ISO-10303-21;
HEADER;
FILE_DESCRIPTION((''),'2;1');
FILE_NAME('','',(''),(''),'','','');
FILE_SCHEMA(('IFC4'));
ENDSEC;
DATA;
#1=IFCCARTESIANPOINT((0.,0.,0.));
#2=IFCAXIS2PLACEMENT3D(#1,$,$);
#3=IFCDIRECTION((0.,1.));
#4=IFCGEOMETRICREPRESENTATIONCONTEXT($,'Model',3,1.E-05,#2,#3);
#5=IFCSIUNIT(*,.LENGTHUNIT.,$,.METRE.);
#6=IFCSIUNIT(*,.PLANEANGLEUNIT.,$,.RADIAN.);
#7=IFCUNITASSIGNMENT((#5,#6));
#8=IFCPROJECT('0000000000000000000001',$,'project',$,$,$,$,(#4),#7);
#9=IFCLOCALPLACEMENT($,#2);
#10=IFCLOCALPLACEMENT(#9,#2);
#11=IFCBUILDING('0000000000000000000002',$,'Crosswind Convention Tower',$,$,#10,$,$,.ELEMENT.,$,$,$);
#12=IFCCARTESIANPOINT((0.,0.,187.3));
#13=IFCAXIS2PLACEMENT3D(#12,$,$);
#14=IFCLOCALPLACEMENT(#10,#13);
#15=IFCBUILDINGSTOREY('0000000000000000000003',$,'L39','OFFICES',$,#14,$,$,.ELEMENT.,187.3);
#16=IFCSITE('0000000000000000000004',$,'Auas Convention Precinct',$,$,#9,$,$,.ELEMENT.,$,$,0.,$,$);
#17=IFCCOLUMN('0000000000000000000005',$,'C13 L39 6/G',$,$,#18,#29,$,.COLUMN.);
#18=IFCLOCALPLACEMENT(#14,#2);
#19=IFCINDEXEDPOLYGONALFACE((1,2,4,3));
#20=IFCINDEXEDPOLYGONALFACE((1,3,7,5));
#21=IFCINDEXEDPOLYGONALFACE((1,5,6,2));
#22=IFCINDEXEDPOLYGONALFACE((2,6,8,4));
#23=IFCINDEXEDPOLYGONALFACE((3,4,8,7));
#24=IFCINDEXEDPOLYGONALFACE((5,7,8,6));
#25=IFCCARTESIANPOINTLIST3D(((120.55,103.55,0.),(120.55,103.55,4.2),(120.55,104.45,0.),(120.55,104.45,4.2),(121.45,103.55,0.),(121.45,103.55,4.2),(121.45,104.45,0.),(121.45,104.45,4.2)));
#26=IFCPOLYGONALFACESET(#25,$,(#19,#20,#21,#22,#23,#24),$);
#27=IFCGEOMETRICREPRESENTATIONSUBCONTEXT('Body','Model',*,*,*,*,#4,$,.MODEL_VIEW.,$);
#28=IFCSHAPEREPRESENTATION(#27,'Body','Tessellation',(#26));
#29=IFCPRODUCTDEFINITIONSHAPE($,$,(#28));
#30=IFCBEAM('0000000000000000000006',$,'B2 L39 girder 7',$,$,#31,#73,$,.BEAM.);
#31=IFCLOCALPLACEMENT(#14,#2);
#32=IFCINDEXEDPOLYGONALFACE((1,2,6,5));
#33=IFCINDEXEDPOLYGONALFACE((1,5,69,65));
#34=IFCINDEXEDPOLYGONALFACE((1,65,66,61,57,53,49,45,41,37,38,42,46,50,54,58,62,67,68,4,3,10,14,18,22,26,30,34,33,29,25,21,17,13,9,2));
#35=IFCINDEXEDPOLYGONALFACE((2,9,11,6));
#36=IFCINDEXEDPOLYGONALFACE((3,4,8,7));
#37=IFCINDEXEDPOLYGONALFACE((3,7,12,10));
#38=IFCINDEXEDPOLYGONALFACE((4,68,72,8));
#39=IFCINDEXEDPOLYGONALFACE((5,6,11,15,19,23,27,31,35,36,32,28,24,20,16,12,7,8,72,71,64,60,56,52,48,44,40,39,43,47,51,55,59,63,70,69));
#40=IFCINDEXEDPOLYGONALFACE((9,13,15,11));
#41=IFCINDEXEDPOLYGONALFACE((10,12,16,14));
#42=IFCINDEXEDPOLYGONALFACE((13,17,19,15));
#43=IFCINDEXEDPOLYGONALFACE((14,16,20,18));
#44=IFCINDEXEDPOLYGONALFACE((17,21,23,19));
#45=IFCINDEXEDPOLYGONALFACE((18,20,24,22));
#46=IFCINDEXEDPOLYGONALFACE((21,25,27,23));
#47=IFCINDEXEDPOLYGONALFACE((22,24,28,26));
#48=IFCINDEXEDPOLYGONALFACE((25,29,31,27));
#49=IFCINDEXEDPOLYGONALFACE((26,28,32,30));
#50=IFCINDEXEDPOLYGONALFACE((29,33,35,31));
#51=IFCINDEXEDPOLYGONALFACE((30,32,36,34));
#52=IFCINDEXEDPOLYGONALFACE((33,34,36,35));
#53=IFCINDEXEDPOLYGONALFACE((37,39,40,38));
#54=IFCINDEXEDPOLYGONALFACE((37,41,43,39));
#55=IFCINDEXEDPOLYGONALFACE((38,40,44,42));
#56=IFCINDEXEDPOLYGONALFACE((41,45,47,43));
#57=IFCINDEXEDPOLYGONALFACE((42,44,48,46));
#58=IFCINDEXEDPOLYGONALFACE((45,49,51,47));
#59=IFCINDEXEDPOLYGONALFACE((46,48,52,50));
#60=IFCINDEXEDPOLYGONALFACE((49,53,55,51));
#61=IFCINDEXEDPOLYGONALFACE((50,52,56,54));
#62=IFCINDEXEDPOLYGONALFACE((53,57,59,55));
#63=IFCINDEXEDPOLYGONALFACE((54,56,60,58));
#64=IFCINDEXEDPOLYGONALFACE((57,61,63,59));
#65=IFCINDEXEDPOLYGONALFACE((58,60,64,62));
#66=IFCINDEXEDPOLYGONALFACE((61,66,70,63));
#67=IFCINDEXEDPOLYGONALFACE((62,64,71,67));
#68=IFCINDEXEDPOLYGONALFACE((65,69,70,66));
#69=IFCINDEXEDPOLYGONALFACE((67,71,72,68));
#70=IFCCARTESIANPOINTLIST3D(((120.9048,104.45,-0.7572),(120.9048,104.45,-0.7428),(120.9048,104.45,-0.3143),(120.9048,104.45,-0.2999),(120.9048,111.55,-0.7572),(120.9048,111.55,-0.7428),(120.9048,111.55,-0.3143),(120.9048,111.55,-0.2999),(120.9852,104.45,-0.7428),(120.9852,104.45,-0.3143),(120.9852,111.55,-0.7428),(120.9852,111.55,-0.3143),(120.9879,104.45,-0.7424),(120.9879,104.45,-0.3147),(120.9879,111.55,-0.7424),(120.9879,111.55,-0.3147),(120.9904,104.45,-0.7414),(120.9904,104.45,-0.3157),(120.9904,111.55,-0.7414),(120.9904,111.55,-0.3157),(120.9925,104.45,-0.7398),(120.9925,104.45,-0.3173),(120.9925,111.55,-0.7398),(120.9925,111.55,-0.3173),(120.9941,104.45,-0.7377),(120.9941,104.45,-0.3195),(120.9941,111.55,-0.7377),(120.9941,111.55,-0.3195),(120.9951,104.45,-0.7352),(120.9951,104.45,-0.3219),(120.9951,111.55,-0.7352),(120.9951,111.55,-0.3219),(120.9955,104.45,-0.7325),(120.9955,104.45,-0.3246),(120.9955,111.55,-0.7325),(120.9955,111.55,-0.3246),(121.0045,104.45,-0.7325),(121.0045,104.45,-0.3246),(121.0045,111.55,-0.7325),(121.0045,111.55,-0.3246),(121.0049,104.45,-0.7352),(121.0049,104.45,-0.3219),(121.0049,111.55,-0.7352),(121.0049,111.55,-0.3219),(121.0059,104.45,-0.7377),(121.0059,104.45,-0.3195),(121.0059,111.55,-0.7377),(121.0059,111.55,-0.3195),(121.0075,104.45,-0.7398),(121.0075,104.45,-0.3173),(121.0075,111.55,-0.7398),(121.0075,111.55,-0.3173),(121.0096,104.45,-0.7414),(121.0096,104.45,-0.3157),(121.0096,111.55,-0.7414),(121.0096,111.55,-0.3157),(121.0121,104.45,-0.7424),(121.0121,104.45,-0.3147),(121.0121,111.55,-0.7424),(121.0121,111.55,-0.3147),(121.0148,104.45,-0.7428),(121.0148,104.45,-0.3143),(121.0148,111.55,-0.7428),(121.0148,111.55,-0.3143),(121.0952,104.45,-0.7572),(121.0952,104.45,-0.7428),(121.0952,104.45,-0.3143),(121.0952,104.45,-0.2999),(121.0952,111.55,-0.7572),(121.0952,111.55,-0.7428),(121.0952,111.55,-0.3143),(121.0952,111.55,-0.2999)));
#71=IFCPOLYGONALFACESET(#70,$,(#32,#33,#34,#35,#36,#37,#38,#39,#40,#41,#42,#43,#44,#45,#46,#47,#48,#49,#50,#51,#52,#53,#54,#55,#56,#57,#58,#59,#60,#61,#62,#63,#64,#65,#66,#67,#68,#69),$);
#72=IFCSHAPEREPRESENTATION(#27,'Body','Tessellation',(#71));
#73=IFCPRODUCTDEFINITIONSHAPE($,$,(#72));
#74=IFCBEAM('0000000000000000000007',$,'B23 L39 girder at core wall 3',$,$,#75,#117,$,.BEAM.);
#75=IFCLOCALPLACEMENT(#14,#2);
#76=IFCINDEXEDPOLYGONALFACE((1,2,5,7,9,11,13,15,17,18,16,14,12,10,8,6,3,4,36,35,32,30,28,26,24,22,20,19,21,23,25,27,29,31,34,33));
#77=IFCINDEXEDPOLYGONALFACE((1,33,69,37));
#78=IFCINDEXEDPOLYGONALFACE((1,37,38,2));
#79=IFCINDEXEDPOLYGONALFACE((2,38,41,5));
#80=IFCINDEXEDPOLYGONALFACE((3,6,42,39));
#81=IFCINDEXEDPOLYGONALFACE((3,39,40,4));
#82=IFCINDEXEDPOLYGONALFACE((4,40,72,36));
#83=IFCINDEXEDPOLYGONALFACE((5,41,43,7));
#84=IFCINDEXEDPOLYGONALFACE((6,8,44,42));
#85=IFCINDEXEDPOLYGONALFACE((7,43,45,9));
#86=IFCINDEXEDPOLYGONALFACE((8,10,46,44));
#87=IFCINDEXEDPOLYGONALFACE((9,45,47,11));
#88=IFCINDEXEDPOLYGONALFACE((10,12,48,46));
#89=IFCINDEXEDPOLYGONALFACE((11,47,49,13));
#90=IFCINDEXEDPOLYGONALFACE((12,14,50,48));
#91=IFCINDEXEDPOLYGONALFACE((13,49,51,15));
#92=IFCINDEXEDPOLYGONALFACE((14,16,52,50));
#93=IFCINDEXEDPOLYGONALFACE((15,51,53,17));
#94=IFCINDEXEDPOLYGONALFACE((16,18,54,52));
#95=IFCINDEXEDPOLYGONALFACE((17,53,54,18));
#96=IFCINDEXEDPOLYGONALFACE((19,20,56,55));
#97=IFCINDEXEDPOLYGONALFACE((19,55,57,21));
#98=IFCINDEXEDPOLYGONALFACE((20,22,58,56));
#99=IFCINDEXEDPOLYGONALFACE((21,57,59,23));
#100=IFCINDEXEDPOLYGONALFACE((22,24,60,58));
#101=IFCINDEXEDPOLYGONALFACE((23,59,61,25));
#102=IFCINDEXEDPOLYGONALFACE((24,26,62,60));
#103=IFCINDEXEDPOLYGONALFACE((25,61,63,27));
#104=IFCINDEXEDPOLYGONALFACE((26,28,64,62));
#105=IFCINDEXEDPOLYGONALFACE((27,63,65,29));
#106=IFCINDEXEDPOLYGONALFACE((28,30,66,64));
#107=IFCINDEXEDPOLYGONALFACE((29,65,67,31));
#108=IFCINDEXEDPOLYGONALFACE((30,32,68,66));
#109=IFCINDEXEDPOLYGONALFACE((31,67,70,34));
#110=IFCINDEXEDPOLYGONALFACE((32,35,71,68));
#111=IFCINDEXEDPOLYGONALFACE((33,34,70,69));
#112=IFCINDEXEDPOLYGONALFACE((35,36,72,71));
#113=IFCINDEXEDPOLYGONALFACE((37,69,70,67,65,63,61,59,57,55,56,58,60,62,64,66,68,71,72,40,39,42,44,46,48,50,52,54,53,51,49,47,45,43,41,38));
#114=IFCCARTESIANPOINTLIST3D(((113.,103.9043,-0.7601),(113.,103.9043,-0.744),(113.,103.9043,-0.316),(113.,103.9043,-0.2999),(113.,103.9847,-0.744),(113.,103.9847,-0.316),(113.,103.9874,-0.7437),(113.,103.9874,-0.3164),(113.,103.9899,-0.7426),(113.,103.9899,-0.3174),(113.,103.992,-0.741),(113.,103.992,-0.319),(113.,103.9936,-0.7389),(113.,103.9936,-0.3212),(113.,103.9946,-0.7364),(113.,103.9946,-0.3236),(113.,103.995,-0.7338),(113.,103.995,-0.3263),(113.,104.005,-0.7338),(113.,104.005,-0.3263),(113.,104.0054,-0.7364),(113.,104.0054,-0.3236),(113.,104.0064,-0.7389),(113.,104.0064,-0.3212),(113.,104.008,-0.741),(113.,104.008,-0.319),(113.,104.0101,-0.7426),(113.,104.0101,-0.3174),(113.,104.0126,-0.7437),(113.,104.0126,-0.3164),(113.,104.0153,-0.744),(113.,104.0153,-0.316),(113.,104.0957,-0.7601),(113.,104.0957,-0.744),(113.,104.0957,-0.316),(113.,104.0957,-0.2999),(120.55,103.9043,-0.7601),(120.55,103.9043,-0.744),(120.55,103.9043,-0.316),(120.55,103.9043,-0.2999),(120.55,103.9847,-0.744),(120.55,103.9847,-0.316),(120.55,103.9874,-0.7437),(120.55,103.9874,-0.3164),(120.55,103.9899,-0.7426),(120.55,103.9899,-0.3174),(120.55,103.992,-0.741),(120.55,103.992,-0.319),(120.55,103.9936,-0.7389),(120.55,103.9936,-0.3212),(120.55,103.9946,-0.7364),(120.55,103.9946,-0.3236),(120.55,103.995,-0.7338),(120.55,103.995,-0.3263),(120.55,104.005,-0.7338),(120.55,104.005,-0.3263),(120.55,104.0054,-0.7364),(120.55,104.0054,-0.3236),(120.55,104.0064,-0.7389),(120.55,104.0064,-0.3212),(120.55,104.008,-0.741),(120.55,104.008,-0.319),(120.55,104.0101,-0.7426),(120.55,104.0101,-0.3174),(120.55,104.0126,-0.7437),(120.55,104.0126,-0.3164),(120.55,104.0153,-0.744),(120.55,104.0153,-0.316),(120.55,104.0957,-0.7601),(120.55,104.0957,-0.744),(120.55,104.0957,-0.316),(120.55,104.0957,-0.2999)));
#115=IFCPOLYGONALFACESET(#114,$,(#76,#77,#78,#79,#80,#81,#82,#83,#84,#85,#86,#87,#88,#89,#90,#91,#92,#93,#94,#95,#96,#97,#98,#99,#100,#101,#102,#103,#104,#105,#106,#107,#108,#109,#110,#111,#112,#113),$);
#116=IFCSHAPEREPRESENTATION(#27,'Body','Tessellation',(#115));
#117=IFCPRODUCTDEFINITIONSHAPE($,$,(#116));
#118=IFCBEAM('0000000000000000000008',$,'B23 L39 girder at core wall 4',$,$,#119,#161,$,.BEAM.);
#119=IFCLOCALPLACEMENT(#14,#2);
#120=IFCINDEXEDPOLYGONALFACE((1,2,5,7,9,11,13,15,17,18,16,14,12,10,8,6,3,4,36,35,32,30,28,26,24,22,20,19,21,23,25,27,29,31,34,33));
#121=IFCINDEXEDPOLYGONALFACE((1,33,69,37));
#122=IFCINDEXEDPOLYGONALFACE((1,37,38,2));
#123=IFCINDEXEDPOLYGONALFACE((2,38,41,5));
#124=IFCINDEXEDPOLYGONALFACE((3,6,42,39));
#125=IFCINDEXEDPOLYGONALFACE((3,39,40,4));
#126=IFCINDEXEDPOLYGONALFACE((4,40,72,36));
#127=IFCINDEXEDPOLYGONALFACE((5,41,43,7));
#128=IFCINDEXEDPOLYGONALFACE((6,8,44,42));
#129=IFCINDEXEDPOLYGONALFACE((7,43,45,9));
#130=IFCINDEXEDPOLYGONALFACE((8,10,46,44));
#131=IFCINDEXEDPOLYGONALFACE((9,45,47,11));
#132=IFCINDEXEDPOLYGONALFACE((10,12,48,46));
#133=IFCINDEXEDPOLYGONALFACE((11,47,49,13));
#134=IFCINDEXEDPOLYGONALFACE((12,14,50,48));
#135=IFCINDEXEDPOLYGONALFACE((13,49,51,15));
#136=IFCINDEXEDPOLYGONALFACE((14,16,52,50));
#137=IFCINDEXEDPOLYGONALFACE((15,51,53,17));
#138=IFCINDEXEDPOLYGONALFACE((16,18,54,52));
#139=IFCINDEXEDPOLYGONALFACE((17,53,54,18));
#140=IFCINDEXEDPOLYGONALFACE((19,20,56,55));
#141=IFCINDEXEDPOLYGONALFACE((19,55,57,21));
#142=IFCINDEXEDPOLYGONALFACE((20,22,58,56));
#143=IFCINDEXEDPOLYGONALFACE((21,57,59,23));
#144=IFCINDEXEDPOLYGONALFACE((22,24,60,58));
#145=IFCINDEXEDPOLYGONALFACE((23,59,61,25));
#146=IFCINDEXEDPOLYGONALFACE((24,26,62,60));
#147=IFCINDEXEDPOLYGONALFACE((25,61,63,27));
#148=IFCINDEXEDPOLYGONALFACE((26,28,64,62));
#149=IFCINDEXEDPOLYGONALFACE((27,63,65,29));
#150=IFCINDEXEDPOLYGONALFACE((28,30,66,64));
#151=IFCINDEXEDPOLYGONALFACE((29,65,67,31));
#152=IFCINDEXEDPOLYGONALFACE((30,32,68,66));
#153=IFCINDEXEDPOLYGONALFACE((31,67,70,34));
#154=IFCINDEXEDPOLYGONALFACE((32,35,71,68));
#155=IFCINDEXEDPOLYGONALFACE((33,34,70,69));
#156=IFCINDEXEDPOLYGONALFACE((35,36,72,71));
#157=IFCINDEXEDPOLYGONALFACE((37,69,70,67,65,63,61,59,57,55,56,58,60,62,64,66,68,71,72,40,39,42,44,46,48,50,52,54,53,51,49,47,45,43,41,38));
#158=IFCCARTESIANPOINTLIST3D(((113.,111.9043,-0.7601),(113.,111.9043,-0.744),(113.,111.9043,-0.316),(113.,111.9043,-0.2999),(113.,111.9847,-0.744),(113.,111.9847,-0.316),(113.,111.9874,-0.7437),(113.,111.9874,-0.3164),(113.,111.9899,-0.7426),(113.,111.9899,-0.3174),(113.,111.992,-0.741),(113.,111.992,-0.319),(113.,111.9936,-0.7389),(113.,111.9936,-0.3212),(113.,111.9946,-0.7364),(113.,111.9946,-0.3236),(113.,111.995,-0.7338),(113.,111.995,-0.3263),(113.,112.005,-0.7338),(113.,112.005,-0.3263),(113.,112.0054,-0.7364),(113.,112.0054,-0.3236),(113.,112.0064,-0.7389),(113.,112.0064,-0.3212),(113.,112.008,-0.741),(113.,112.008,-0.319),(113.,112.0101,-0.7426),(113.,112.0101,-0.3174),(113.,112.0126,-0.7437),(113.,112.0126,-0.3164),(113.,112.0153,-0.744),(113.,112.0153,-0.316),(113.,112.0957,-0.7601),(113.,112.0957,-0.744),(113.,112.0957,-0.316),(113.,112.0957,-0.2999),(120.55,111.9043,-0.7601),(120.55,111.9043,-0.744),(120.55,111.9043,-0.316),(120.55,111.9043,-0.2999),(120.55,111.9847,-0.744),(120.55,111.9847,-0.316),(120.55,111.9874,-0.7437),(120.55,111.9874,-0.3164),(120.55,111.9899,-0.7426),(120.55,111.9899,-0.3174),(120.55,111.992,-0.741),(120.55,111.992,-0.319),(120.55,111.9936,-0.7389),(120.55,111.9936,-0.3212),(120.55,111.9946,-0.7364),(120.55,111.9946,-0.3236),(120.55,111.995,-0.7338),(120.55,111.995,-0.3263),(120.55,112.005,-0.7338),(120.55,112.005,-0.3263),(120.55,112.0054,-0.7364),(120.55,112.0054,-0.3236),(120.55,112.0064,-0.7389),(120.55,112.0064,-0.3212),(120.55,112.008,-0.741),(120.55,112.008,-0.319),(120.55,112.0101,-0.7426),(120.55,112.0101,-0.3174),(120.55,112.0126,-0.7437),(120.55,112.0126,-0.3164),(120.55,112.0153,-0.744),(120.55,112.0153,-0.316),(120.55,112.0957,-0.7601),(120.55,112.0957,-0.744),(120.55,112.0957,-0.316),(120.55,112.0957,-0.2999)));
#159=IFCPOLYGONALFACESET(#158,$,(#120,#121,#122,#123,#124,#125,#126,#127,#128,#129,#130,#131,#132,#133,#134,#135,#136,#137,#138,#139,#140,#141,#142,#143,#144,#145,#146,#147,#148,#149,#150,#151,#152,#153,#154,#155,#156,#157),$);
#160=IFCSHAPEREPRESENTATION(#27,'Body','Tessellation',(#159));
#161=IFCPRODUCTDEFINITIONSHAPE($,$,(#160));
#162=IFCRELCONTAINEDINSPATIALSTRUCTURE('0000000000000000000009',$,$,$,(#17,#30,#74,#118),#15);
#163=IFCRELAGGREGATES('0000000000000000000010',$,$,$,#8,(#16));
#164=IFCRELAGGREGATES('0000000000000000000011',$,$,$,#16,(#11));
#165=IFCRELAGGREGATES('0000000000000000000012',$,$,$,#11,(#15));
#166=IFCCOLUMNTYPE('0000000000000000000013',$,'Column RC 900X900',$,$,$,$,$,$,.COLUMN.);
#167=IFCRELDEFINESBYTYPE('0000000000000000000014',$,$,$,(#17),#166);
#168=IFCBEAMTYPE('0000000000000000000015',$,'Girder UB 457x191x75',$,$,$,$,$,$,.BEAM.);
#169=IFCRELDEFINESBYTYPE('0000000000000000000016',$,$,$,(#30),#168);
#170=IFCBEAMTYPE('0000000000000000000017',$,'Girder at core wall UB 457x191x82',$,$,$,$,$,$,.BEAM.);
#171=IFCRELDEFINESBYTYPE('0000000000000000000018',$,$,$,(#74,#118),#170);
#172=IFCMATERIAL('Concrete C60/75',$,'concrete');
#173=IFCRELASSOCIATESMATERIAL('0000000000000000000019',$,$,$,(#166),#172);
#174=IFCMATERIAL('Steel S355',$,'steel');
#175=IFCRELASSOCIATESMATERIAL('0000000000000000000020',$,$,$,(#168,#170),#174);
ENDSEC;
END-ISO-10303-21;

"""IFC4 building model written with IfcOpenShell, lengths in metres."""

from ifc_helpers import new_model, si_unit, direction, frame, origin, origin_2d, place, context, subcontext, project, spatial, rectangle, i_section, extrude, material, material_profile, profile_set, type_object, element, save


model = new_model("IFC4")

# Units and contexts
model_context = context("Model", 3, precision=1e-05, world=origin(), true_north=direction((0.0, 1.0)))
body_context = subcontext(model_context, "Body", "Model", "MODEL_VIEW")
ifc_project = project(units=[si_unit("LENGTHUNIT", "METRE"), si_unit("PLANEANGLEUNIT", "RADIAN")], contexts=[model_context])

# Site, building, storey
site_placement = place(None, origin())
site = spatial("IfcSite", under=ifc_project, at=site_placement, Name="Auas Convention Precinct", CompositionType="ELEMENT", RefElevation=0.0)
building_placement = place(site_placement, origin())
building = spatial("IfcBuilding", under=site, at=building_placement, Name="Crosswind Convention Tower", CompositionType="ELEMENT")
storey_placement = place(building_placement, frame((0.0, 0.0, 187.3)))
storey = spatial("IfcBuildingStorey", under=building, at=storey_placement, Name="L39", Description="OFFICES", CompositionType="ELEMENT", Elevation=187.3)

# Column
ifc_material_1 = material(Name="Concrete C60/75", Category="concrete")
ifc_material_profile_1 = material_profile(ifc_material_1, rectangle(XDim=0.8999, YDim=0.8999, at=origin_2d()), Name="RC 900X900")
ifc_profile_set_1 = profile_set([ifc_material_profile_1], Name="Concrete C60/75")
column_type = type_object("IfcColumnType", Name="Column RC 900X900", PredefinedType="COLUMN", material=ifc_profile_set_1)
column_placement = place(storey_placement, frame((121.0, 104.0, 0.0), z_axis=(0.0, 0.0, 1.0), x_axis=(1.0, 0.0, 0.0)))
element("IfcColumn", 1, at=column_placement, inside=storey, type_object=column_type, Name="C13 L39 6/G", PredefinedType="COLUMN", context=body_context, shape_type="SweptSolid", body=[
    extrude(rectangle(XDim=0.8999, YDim=0.8999, at=origin_2d()), origin(), (0.0, 0.0, 1.0), 4.2),
])

# Beams
ifc_material_2 = material(Name="Steel S355", Category="steel")
ifc_material_profile_2 = material_profile(ifc_material_2, i_section(OverallWidth=0.1904, OverallDepth=0.4573, WebThickness=0.009, FlangeThickness=0.0144, FilletRadius=0.0103, at=origin_2d()), Name="UB 457x191x75")
ifc_profile_set_2 = profile_set([ifc_material_profile_2], Name="Steel S355")
beam_type_1 = type_object("IfcBeamType", Name="Girder UB 457x191x75", PredefinedType="BEAM", material=ifc_profile_set_2)
beam_placement = place(storey_placement, frame((121.0, 104.45, -0.5286), z_axis=(0.0, 1.0, 0.0), x_axis=(-1.0, 0.0, 0.0)))
element("IfcBeam", 2, at=beam_placement, inside=storey, type_object=beam_type_1, Name="B2 L39 girder 7", PredefinedType="BEAM", context=body_context, shape_type="SweptSolid", body=[
    extrude(i_section(OverallWidth=0.1904, OverallDepth=0.4573, WebThickness=0.009, FlangeThickness=0.0144, FilletRadius=0.0103, at=origin_2d()), origin(), (0.0, 0.0, 1.0), 7.1001),
])
ifc_material_profile_3 = material_profile(ifc_material_2, i_section(OverallWidth=0.1914, OverallDepth=0.4602, WebThickness=0.01, FlangeThickness=0.0161, FilletRadius=0.0103, at=origin_2d()), Name="UB 457x191x82")
ifc_profile_set_3 = profile_set([ifc_material_profile_3], Name="Steel S355")
beam_type_2 = type_object("IfcBeamType", Name="Girder at core wall UB 457x191x82", PredefinedType="BEAM", material=ifc_profile_set_3)
for number, where, z_axis, x_axis, name in (
    (3, (113.0, 104.0, -0.53), (1.0, 0.0, 0.0), (0.0, 1.0, 0.0), "B23 L39 girder at core wall 3"),
    (4, (113.0, 112.0, -0.53), (1.0, 0.0, 0.0), (0.0, 1.0, 0.0), "B23 L39 girder at core wall 4"),
):
    element("IfcBeam", number, at=place(storey_placement, frame(where, z_axis=z_axis, x_axis=x_axis)), inside=storey, type_object=beam_type_2, Name=name, PredefinedType="BEAM", context=body_context, shape_type="SweptSolid", body=[
        extrude(i_section(OverallWidth=0.1914, OverallDepth=0.4602, WebThickness=0.01, FlangeThickness=0.0161, FilletRadius=0.0103, at=origin_2d()), origin(), (0.0, 0.0, 1.0), 7.55),
    ])

save(model, "model.ifc")
